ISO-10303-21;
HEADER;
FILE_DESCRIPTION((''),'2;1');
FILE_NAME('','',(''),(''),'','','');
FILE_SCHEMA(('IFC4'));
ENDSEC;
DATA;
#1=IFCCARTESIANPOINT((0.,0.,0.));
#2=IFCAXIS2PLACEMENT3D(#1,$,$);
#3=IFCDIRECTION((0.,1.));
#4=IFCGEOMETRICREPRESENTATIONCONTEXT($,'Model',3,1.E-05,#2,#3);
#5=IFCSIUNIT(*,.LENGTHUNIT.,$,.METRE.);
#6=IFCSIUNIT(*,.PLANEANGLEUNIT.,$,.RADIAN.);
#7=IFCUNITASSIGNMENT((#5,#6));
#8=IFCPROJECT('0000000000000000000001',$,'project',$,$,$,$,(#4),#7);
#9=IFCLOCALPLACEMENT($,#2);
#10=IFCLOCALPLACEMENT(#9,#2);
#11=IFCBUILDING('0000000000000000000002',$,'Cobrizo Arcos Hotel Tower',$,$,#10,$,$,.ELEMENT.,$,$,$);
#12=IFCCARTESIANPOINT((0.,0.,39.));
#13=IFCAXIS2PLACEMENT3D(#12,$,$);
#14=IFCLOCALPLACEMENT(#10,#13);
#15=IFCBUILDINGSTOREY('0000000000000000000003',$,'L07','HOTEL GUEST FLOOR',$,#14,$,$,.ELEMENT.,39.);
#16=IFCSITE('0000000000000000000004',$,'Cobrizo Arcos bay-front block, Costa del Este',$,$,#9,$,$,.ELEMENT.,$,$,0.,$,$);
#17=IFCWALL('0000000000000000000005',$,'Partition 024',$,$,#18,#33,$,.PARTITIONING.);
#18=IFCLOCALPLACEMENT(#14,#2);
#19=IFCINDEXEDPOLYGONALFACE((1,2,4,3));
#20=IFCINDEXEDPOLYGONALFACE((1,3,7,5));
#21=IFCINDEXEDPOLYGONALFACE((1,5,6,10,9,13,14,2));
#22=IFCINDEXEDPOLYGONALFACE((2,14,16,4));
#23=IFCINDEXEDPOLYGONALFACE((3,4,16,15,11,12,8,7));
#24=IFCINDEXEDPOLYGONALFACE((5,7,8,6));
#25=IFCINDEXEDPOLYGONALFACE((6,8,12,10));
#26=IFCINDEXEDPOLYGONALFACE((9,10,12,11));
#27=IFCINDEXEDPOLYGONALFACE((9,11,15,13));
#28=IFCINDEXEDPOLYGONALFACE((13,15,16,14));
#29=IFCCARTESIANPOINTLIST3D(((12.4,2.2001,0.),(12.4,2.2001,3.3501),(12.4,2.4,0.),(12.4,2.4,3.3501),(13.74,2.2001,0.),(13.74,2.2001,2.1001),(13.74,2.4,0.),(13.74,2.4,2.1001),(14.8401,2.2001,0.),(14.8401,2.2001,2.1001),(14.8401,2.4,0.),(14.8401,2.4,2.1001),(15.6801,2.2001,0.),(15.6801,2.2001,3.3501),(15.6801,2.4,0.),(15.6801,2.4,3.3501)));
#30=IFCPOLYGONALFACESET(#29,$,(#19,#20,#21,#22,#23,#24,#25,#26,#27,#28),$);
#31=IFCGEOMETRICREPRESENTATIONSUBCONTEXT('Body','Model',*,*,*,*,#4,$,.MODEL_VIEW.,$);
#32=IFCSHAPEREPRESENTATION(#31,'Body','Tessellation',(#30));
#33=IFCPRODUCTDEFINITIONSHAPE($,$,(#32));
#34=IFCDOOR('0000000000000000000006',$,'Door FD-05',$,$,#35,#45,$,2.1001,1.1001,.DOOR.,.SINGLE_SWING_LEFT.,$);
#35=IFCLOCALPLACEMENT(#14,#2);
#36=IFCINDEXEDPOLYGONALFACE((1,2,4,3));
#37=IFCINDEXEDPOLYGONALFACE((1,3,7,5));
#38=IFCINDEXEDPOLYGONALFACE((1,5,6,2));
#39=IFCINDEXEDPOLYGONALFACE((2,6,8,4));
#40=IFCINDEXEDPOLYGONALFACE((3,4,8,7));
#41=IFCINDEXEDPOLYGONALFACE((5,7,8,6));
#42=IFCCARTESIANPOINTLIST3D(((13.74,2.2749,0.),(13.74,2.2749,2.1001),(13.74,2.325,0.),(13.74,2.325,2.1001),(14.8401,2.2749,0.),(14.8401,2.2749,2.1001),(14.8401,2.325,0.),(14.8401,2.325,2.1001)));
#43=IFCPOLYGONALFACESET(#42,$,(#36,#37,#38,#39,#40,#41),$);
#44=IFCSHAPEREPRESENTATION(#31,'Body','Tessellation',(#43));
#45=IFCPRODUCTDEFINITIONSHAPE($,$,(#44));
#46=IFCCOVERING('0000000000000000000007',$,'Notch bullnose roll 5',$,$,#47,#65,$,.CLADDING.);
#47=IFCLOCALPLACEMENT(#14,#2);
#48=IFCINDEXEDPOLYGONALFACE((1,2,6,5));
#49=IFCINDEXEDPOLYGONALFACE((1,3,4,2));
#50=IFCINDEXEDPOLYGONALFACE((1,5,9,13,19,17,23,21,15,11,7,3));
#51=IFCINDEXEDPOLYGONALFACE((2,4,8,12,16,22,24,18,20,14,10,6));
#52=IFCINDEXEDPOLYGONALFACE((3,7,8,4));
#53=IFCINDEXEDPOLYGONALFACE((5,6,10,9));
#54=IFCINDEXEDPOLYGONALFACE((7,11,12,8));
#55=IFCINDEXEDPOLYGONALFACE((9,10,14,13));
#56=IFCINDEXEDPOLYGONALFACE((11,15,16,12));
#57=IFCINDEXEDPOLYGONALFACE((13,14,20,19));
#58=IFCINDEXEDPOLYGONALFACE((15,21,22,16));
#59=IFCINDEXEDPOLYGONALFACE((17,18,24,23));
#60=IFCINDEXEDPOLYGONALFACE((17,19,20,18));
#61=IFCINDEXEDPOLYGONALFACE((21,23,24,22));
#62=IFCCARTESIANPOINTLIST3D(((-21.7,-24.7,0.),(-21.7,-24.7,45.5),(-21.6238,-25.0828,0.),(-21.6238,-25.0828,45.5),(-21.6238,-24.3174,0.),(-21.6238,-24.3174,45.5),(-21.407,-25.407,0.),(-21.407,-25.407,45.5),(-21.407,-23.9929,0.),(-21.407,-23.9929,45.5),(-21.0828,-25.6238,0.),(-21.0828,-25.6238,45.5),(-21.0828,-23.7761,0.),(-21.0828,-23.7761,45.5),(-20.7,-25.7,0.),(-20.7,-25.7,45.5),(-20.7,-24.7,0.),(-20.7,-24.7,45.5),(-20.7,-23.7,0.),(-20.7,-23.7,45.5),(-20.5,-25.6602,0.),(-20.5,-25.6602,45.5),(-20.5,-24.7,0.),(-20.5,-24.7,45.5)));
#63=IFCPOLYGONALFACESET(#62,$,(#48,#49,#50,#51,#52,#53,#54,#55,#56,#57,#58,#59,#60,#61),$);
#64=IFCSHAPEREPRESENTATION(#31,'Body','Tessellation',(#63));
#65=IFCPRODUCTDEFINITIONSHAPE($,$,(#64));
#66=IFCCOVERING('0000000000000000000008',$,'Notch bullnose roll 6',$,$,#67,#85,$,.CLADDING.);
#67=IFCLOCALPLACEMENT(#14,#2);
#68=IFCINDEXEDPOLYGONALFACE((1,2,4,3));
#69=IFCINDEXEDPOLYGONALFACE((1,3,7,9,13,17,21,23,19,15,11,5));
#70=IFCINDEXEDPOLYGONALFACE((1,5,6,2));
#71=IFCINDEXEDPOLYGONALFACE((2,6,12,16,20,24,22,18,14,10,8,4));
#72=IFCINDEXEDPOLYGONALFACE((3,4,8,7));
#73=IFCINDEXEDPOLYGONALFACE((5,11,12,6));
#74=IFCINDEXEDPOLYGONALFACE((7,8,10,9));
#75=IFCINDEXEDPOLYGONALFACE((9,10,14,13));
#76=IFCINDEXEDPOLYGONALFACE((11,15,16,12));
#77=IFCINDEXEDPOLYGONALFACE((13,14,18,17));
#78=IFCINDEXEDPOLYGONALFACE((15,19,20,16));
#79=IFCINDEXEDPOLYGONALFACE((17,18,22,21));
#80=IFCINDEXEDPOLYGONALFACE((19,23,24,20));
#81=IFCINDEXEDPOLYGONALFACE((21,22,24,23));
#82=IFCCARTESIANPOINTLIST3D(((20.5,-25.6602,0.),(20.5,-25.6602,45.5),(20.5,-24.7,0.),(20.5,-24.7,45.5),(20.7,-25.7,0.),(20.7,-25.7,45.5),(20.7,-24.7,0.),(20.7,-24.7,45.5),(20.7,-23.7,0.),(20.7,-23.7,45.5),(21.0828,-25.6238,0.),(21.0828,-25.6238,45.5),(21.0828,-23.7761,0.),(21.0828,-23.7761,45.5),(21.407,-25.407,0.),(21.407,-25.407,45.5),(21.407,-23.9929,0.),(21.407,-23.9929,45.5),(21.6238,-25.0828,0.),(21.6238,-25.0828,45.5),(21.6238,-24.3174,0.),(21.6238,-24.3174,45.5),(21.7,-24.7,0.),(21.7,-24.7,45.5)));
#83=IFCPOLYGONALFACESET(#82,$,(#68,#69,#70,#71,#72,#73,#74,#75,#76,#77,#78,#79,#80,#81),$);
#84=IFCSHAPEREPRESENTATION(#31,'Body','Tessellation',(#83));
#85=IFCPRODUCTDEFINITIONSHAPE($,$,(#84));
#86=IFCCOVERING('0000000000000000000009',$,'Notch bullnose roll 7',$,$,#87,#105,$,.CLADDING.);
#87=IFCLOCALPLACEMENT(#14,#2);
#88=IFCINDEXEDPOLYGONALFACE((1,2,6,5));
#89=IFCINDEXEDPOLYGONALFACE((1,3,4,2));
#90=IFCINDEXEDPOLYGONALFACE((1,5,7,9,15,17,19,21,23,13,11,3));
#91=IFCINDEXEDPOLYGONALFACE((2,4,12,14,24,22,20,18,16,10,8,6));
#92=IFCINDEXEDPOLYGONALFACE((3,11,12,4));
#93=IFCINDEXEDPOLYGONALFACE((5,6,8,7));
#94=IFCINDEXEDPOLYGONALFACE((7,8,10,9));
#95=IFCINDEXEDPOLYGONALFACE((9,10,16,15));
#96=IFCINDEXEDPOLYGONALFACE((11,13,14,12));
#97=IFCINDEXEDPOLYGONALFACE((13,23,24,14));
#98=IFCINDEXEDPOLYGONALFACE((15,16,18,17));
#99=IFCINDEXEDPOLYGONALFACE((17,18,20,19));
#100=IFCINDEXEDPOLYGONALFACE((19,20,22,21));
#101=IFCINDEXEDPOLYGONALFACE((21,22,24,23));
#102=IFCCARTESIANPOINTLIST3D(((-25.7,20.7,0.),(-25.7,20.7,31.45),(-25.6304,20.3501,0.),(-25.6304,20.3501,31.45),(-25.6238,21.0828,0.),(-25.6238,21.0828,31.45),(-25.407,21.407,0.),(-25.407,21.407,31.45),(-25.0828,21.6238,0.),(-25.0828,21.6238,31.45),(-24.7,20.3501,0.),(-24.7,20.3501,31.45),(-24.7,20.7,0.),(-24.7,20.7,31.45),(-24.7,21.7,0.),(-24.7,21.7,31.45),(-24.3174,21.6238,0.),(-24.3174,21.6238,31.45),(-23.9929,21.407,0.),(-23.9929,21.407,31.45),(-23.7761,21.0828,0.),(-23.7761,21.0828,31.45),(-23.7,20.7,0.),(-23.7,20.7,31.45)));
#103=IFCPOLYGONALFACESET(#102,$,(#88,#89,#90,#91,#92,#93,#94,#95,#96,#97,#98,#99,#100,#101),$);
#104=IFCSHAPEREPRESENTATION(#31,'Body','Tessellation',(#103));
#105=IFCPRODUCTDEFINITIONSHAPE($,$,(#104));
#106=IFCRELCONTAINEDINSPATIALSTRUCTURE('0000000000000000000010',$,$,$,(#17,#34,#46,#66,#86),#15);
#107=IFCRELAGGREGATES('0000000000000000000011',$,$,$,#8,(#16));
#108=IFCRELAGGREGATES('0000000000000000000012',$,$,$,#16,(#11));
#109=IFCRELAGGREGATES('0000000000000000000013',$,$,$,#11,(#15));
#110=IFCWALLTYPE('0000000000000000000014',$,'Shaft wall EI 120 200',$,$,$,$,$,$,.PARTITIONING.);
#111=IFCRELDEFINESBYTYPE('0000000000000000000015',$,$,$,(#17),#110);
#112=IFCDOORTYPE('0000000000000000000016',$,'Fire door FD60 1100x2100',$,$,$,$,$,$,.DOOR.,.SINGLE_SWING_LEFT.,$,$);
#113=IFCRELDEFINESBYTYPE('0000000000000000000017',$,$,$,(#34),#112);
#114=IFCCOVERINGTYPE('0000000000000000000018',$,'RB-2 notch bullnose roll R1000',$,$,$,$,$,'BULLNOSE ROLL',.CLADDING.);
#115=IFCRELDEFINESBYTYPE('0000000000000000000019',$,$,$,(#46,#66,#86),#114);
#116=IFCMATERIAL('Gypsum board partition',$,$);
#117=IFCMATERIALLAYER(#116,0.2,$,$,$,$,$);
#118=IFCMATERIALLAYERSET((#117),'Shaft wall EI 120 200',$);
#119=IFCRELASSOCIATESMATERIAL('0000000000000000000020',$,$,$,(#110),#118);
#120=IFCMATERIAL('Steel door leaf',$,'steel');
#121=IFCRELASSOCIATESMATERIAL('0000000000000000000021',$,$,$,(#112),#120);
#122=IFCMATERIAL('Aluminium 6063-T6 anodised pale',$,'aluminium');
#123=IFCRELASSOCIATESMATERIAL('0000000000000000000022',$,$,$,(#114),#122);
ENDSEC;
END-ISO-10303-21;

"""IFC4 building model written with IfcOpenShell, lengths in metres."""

from ifc_helpers import new_model, si_unit, direction, frame, frame_2d, origin, place, context, subcontext, project, spatial, polyline, rectangle, outline, extrude, material, layer, layer_set, type_object, element, fill, save


model = new_model("IFC4")

# Units and contexts
model_context = context("Model", 3, precision=1e-05, world=origin(), true_north=direction((0.0, 1.0)))
body_context = subcontext(model_context, "Body", "Model", "MODEL_VIEW")
ifc_project = project(units=[si_unit("LENGTHUNIT", "METRE"), si_unit("PLANEANGLEUNIT", "RADIAN")], contexts=[model_context])

# Site, building, storey
site_placement = place(None, origin())
site = spatial("IfcSite", under=ifc_project, at=site_placement, Name="Cobrizo Arcos bay-front block, Costa del Este", CompositionType="ELEMENT", RefElevation=0.0)
building_placement = place(site_placement, origin())
building = spatial("IfcBuilding", under=site, at=building_placement, Name="Cobrizo Arcos Hotel Tower", CompositionType="ELEMENT")
storey_placement = place(building_placement, frame((0.0, 0.0, 39.0)))
storey = spatial("IfcBuildingStorey", under=building, at=storey_placement, Name="L07", Description="HOTEL GUEST FLOOR", CompositionType="ELEMENT", Elevation=39.0)

# Shared definitions
ifc_material_1 = material(Name="Gypsum board partition")

# Wall, opening, door
ifc_layer_1 = layer(ifc_material_1, 0.2)
ifc_layer_set_1 = layer_set([ifc_layer_1], Name="Shaft wall EI 120 200")
wall_type_1 = type_object("IfcWallType", Name="Shaft wall EI 120 200", PredefinedType="PARTITIONING", material=ifc_layer_set_1)
wall_1_placement = place(storey_placement, frame((12.3999, 2.3, 0.0), z_axis=(0.0, 0.0, 1.0), x_axis=(1.0, 0.0, 0.0)))
wall_1 = element("IfcWall", 1, at=wall_1_placement, inside=storey, type_object=wall_type_1, Name="Partition 024", PredefinedType="PARTITIONING", context=body_context, shape_type="SweptSolid", body=[
    extrude(rectangle(XDim=3.28, YDim=0.2, at=frame_2d((1.6401, 0.0))), origin(), (0.0, 0.0, 1.0), 3.3501),
])
opening_1_placement = place(wall_1_placement, frame((1.3401, 0.0, 0.0)))
opening_1 = element("IfcOpeningElement", 2, at=opening_1_placement, cuts=wall_1, PredefinedType="OPENING", context=body_context, shape_type="SweptSolid", body=[
    extrude(rectangle(XDim=1.1001, YDim=2.1001, at=frame_2d((0.55, 1.05))), frame((0.0, 0.1121, 0.0), z_axis=(0.0, -1.0, 0.0), x_axis=(1.0, 0.0, 0.0)), (0.0, 0.0, 1.0), 0.2239),
])
ifc_material_2 = material(Name="Steel door leaf", Category="steel")
door_type_1 = type_object("IfcDoorType", Name="Fire door FD60 1100x2100", OperationType="SINGLE_SWING_LEFT", PredefinedType="DOOR", material=ifc_material_2)
door_1_placement = place(opening_1_placement, origin())
door_1 = element("IfcDoor", 3, at=door_1_placement, inside=storey, type_object=door_type_1, Name="Door FD-05", OperationType="SINGLE_SWING_LEFT", OverallHeight=2.1001, OverallWidth=1.1001, PredefinedType="DOOR", context=body_context, shape_type="SweptSolid", body=[
    extrude(rectangle(XDim=1.1001, YDim=2.1001, at=frame_2d((0.55, 1.05))), frame((0.0, 0.0249, 0.0), z_axis=(0.0, -1.0, 0.0), x_axis=(1.0, 0.0, 0.0)), (0.0, 0.0, 1.0), 0.05),
])
fill(opening_1, door_1)

# Coverings
ifc_material_3 = material(Name="Aluminium 6063-T6 anodised pale", Category="aluminium")
covering_type = type_object("IfcCoveringType", Name="RB-2 notch bullnose roll R1000", ElementType="BULLNOSE ROLL", PredefinedType="CLADDING", material=ifc_material_3)
covering_1_placement = place(storey_placement, origin())
element("IfcCovering", 4, at=covering_1_placement, inside=storey, type_object=covering_type, Name="Notch bullnose roll 5", PredefinedType="CLADDING", context=body_context, shape_type="SweptSolid", body=[
    extrude(outline(polyline([(-21.407, -23.9929), (-21.6238, -24.3174), (-21.7, -24.7), (-21.6238, -25.0828), (-21.407, -25.407), (-21.0828, -25.6238), (-20.7, -25.7), (-20.5, -25.6602), (-20.5, -24.7), (-20.7, -24.7), (-20.7, -23.7), (-21.0828, -23.7761), (-21.407, -23.9929)])), origin(), (0.0, 0.0, 1.0), 45.5),
])
covering_2_placement = place(storey_placement, origin())
element("IfcCovering", 5, at=covering_2_placement, inside=storey, type_object=covering_type, Name="Notch bullnose roll 6", PredefinedType="CLADDING", context=body_context, shape_type="SweptSolid", body=[
    extrude(outline(polyline([(21.407, -23.9929), (21.0828, -23.7761), (20.7, -23.7), (20.7, -24.7), (20.5, -24.7), (20.5, -25.6602), (20.7, -25.7), (21.0828, -25.6238), (21.407, -25.407), (21.6238, -25.0828), (21.7, -24.7), (21.6238, -24.3174), (21.407, -23.9929)])), origin(), (0.0, 0.0, 1.0), 45.5),
])
covering_3_placement = place(storey_placement, origin())
element("IfcCovering", 6, at=covering_3_placement, inside=storey, type_object=covering_type, Name="Notch bullnose roll 7", PredefinedType="CLADDING", context=body_context, shape_type="SweptSolid", body=[
    extrude(outline(polyline([(-23.9929, 21.407), (-24.3174, 21.6238), (-24.7, 21.7), (-25.0828, 21.6238), (-25.407, 21.407), (-25.6238, 21.0828), (-25.7, 20.7), (-25.6304, 20.3501), (-24.7, 20.3501), (-24.7, 20.7), (-23.7, 20.7), (-23.7761, 21.0828), (-23.9929, 21.407)])), origin(), (0.0, 0.0, 1.0), 31.45),
])

save(model, "model.ifc")
